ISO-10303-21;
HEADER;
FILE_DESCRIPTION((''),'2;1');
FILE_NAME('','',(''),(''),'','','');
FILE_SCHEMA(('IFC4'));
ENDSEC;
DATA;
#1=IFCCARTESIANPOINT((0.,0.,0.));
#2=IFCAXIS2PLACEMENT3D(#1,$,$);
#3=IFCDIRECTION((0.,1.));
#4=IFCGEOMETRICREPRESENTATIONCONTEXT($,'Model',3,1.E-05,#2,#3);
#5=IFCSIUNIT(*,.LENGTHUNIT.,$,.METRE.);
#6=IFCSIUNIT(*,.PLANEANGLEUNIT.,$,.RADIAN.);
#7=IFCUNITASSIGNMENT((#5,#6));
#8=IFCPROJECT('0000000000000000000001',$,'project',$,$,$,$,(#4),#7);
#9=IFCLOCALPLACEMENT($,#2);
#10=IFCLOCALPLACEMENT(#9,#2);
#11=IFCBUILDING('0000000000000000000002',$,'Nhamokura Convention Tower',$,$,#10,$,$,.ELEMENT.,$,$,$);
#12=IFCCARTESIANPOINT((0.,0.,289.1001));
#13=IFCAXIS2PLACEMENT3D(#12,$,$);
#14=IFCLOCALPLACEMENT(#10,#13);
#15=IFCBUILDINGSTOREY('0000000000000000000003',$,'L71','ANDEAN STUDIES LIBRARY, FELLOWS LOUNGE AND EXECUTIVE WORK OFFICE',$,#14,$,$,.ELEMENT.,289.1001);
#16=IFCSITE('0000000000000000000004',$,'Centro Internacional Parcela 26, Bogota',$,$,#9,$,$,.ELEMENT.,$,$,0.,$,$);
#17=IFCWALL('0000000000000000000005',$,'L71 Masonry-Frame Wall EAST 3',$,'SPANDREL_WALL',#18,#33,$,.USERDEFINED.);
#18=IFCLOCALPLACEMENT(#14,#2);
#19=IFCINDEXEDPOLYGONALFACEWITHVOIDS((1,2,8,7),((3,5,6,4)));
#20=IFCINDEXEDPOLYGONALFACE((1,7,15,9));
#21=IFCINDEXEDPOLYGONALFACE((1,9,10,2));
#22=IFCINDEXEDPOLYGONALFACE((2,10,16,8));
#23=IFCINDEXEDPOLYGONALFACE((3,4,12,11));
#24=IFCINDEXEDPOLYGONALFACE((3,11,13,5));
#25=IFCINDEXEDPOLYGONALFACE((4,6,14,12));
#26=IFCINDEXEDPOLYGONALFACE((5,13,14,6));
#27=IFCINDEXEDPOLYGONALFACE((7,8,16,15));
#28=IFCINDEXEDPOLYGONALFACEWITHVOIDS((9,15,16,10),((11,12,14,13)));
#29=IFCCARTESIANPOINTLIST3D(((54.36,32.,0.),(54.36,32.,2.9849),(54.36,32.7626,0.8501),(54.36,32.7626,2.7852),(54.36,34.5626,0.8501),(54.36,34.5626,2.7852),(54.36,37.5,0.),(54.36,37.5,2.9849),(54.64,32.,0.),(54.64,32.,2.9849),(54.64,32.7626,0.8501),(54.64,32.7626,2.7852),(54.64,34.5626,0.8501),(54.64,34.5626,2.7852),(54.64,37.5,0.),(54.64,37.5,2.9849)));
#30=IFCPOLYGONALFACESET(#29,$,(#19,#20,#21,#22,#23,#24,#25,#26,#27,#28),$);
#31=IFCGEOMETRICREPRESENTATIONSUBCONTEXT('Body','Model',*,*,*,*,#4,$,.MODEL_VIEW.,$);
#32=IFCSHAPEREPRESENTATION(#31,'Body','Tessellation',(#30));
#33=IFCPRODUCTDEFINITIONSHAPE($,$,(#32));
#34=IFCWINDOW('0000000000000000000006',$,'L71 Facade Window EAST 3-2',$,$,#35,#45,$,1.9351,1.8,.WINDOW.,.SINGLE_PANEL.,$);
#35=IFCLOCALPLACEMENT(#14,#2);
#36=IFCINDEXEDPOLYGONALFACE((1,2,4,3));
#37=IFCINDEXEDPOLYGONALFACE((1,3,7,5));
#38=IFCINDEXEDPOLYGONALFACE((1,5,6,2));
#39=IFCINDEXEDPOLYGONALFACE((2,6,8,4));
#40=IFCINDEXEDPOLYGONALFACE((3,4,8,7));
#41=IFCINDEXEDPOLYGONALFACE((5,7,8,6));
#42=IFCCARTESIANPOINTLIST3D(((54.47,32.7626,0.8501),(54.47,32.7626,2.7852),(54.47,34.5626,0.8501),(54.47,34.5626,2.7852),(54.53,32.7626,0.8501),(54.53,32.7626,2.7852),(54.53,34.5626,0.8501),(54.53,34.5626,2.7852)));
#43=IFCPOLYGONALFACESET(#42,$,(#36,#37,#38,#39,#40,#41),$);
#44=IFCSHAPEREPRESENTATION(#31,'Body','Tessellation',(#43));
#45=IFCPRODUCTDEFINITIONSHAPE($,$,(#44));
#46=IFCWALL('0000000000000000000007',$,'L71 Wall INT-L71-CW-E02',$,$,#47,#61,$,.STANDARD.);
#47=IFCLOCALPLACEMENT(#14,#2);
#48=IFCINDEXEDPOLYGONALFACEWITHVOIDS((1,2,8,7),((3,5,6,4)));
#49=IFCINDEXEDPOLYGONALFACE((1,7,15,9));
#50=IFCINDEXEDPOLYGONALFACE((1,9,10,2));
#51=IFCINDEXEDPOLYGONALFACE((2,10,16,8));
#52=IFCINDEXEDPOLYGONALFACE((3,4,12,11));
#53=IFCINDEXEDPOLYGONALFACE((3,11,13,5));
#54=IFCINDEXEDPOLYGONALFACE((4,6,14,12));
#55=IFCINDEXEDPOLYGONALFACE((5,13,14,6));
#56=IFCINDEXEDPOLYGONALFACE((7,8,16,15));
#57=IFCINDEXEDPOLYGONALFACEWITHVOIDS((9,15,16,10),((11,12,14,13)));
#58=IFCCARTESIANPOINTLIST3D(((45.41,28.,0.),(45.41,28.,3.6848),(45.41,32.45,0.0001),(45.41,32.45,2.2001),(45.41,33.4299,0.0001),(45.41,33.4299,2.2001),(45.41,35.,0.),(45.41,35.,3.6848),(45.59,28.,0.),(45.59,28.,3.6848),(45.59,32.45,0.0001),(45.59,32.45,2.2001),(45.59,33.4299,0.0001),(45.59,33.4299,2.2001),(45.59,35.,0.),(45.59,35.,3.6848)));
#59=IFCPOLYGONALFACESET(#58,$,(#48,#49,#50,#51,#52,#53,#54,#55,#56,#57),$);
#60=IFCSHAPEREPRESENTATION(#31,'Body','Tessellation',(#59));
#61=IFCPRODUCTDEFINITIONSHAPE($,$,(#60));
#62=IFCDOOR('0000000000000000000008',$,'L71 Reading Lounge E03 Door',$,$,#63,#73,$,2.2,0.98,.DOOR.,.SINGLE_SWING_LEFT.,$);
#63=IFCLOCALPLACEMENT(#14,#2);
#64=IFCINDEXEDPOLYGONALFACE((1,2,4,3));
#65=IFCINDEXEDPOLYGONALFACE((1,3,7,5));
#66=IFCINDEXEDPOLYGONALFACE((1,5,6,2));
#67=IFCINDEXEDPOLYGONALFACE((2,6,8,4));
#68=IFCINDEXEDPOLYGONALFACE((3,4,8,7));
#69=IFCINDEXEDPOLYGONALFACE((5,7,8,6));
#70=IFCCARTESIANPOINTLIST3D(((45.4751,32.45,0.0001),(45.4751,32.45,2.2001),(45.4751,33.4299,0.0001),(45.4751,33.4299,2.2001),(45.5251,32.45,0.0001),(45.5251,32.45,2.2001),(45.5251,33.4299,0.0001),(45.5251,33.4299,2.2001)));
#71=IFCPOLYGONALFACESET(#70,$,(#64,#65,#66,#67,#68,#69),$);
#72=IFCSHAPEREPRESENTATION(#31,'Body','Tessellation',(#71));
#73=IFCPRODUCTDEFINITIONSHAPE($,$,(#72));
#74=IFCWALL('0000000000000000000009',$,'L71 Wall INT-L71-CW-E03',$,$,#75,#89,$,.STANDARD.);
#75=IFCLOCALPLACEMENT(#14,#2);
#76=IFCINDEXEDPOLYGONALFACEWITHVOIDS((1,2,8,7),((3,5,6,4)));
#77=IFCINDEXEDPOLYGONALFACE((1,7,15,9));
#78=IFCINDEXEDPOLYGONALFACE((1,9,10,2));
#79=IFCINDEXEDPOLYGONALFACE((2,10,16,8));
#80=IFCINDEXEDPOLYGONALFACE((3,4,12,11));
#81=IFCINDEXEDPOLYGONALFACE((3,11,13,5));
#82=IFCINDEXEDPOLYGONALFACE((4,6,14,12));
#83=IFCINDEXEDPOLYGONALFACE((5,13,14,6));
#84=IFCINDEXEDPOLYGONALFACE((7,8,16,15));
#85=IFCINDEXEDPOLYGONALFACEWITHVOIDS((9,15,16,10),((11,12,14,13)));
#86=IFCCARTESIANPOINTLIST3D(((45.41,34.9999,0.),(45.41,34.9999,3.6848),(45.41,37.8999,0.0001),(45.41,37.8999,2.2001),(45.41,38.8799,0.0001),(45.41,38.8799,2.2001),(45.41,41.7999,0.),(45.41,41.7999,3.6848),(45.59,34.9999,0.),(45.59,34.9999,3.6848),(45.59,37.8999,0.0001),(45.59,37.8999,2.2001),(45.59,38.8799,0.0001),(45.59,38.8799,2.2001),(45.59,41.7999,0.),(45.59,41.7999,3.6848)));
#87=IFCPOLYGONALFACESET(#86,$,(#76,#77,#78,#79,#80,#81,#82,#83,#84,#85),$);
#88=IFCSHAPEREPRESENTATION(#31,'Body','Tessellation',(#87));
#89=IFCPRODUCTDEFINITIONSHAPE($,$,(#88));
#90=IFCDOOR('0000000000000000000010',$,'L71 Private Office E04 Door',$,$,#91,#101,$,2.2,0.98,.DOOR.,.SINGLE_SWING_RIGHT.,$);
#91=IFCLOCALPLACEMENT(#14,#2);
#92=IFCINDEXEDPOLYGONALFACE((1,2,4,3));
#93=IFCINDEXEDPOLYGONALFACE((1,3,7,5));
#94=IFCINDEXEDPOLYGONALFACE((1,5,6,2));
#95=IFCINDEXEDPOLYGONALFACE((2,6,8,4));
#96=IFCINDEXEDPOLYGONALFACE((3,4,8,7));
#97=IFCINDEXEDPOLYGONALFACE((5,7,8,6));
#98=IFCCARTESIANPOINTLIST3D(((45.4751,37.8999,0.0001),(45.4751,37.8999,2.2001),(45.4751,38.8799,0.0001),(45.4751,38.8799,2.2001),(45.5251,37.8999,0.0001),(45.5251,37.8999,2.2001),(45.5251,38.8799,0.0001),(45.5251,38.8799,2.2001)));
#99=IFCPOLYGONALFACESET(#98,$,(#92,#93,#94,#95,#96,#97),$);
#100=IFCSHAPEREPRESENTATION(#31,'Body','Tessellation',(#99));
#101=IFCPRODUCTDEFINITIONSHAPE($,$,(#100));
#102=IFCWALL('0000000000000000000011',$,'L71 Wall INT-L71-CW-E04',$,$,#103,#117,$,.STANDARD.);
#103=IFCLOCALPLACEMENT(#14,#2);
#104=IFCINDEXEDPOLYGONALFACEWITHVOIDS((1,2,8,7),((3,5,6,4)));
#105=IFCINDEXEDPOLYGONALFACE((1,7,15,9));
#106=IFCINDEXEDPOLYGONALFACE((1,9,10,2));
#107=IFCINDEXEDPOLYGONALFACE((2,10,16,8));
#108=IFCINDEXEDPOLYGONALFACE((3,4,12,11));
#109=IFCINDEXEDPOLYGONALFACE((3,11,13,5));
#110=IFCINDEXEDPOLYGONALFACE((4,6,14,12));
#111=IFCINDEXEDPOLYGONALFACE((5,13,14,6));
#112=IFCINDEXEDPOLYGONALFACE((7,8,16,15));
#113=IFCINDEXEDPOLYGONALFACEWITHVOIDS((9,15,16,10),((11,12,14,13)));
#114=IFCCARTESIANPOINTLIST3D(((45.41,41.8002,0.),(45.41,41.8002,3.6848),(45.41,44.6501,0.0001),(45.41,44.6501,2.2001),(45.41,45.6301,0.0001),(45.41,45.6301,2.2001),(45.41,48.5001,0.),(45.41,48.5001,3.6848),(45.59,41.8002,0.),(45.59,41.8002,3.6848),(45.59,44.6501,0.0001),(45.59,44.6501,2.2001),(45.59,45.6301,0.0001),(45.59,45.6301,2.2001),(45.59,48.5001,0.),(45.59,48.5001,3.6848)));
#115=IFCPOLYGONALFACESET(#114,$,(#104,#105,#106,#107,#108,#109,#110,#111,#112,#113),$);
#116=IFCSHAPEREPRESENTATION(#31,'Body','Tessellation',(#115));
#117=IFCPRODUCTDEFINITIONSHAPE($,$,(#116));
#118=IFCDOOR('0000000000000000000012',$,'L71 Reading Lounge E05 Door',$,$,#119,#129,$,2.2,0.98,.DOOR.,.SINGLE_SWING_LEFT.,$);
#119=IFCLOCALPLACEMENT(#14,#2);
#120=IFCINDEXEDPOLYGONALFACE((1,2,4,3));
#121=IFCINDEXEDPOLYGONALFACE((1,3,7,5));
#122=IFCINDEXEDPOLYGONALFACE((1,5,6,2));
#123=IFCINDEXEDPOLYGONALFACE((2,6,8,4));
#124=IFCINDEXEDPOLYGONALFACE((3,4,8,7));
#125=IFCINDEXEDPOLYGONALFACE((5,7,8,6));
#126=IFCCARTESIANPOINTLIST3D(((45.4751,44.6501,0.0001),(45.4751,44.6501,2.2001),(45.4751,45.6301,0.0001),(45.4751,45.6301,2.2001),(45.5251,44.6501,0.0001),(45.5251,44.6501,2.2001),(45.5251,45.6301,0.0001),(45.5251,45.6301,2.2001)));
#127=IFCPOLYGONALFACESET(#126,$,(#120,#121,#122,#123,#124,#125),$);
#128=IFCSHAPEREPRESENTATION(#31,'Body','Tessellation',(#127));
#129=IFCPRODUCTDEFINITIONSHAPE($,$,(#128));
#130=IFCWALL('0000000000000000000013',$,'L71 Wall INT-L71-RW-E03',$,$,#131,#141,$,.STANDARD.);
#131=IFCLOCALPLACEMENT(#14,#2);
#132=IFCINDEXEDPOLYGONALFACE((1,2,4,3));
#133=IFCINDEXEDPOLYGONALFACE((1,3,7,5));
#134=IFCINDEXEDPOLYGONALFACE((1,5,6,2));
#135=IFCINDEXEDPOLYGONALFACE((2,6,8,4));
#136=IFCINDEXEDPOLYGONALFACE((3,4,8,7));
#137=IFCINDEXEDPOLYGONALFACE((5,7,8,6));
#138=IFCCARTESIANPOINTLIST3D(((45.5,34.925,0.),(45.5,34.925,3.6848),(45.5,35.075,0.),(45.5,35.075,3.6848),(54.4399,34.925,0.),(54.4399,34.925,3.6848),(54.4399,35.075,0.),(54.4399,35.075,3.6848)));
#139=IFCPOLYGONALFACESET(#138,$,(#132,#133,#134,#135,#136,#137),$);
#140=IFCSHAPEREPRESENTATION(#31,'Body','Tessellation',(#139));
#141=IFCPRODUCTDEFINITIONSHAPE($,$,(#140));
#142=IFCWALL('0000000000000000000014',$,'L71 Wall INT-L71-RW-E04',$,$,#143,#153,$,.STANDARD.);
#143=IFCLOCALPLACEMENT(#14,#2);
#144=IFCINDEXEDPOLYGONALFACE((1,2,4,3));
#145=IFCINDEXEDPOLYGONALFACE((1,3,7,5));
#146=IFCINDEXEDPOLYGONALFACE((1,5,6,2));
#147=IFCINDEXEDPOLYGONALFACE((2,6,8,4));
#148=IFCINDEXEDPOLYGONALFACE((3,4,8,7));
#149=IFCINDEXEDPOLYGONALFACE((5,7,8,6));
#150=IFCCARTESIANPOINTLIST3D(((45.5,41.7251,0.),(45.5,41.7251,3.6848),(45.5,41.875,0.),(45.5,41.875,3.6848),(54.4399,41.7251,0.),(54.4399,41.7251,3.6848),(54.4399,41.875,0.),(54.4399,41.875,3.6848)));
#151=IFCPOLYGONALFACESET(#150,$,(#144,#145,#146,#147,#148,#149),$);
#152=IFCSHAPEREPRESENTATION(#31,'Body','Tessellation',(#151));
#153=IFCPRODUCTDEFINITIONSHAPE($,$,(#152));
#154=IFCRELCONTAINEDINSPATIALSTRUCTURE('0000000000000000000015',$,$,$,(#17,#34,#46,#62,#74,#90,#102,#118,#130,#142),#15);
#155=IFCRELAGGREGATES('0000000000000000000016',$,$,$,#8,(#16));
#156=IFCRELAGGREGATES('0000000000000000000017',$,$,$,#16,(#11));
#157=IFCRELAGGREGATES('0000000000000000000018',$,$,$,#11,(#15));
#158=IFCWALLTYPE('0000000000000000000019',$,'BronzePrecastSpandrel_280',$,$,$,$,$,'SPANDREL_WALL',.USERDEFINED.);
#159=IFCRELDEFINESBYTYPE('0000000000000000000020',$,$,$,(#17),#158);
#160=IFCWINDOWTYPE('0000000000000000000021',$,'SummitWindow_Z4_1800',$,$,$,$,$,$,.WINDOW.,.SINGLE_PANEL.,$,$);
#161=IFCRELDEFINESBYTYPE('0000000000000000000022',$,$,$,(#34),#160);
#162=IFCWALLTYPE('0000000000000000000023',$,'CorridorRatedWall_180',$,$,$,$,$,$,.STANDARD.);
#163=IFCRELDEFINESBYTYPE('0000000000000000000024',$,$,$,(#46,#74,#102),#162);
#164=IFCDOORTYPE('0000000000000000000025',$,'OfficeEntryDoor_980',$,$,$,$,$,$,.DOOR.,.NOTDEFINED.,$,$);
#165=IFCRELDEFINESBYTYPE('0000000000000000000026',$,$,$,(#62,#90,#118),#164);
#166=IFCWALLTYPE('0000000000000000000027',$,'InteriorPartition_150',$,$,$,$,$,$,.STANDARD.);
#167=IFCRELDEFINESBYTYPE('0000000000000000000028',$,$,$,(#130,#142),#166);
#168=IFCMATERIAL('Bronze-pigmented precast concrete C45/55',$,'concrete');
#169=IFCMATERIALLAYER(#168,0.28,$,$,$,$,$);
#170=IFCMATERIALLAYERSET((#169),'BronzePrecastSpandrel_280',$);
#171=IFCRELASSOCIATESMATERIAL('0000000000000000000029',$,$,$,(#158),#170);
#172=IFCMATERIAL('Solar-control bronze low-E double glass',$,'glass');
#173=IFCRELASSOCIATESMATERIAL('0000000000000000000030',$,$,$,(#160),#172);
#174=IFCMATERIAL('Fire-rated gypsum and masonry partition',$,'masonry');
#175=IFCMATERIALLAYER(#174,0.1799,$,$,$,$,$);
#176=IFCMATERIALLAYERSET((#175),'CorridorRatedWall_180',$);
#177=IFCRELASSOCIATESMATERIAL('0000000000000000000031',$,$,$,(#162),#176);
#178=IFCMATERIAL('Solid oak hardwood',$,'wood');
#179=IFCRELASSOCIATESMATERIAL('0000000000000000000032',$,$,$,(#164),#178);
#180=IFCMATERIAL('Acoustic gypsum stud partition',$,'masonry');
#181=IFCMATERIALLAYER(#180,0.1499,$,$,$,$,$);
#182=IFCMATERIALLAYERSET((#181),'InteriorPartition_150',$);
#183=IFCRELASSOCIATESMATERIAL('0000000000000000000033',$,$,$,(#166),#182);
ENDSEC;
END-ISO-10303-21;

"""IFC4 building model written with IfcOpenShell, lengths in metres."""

from ifc_helpers import new_model, si_unit, direction, frame, frame_2d, origin, place, context, subcontext, project, spatial, rectangle, extrude, material, layer, layer_set, type_object, element, fill, save


model = new_model("IFC4")

# Units and contexts
model_context = context("Model", 3, precision=1e-05, world=origin(), true_north=direction((0.0, 1.0)))
body_context = subcontext(model_context, "Body", "Model", "MODEL_VIEW")
ifc_project = project(units=[si_unit("LENGTHUNIT", "METRE"), si_unit("PLANEANGLEUNIT", "RADIAN")], contexts=[model_context])

# Site, building, storey
site_placement = place(None, origin())
site = spatial("IfcSite", under=ifc_project, at=site_placement, Name="Centro Internacional Parcela 26, Bogota", CompositionType="ELEMENT", RefElevation=0.0)
building_placement = place(site_placement, origin())
building = spatial("IfcBuilding", under=site, at=building_placement, Name="Nhamokura Convention Tower", CompositionType="ELEMENT")
storey_placement = place(building_placement, frame((0.0, 0.0, 289.1001)))
storey = spatial("IfcBuildingStorey", under=building, at=storey_placement, Name="L71", Description="ANDEAN STUDIES LIBRARY, FELLOWS LOUNGE AND EXECUTIVE WORK OFFICE", CompositionType="ELEMENT", Elevation=289.1001)

# Wall, opening, window
ifc_material_1 = material(Name="Bronze-pigmented precast concrete C45/55", Category="concrete")
ifc_layer_1 = layer(ifc_material_1, 0.28)
ifc_layer_set_1 = layer_set([ifc_layer_1], Name="BronzePrecastSpandrel_280")
wall_type_1 = type_object("IfcWallType", Name="BronzePrecastSpandrel_280", ElementType="SPANDREL_WALL", PredefinedType="USERDEFINED", material=ifc_layer_set_1)
wall_1_placement = place(storey_placement, frame((54.5, 37.5, 0.0), z_axis=(0.0, 0.0, 1.0), x_axis=(0.0, -1.0, 0.0)))
wall_1 = element("IfcWall", 1, at=wall_1_placement, inside=storey, type_object=wall_type_1, Name="L71 Masonry-Frame Wall EAST 3", ObjectType="SPANDREL_WALL", PredefinedType="USERDEFINED", context=body_context, shape_type="SweptSolid", body=[
    extrude(rectangle(XDim=5.5, YDim=0.28, at=frame_2d((2.75, 0.0))), origin(), (0.0, 0.0, 1.0), 2.9849),
])
opening_1_placement = place(wall_1_placement, frame((2.9375, 0.0, 0.8501)))
opening_1 = element("IfcOpeningElement", 2, at=opening_1_placement, cuts=wall_1, PredefinedType="OPENING", context=body_context, shape_type="SweptSolid", body=[
    extrude(rectangle(XDim=1.8, YDim=1.9351, at=frame_2d((0.8999, 0.9675))), frame((0.0, 0.1499, 0.0), z_axis=(0.0, -1.0, 0.0), x_axis=(1.0, 0.0, 0.0)), (0.0, 0.0, 1.0), 0.3),
])
ifc_material_2 = material(Name="Solar-control bronze low-E double glass", Category="glass")
window_type_1 = type_object("IfcWindowType", Name="SummitWindow_Z4_1800", PartitioningType="SINGLE_PANEL", PredefinedType="WINDOW", material=ifc_material_2)
window_1_placement = place(opening_1_placement, origin())
window_1 = element("IfcWindow", 3, at=window_1_placement, inside=storey, type_object=window_type_1, Name="L71 Facade Window EAST 3-2", OverallHeight=1.9351, OverallWidth=1.8, PartitioningType="SINGLE_PANEL", PredefinedType="WINDOW", context=body_context, shape_type="SweptSolid", body=[
    extrude(rectangle(XDim=1.8, YDim=1.9351, at=frame_2d((0.8999, 0.9675))), frame((0.0, 0.03, 0.0), z_axis=(0.0, -1.0, 0.0), x_axis=(1.0, 0.0, 0.0)), (0.0, 0.0, 1.0), 0.0601),
])
fill(opening_1, window_1)

# Walls, openings, doors
ifc_material_3 = material(Name="Fire-rated gypsum and masonry partition", Category="masonry")
ifc_layer_2 = layer(ifc_material_3, 0.1799)
ifc_layer_set_2 = layer_set([ifc_layer_2], Name="CorridorRatedWall_180")
wall_type_2 = type_object("IfcWallType", Name="CorridorRatedWall_180", PredefinedType="STANDARD", material=ifc_layer_set_2)
wall_2_placement = place(storey_placement, frame((45.5, 28.0, 0.0), z_axis=(0.0, 0.0, 1.0), x_axis=(0.0, 1.0, 0.0)))
wall_2 = element("IfcWall", 4, at=wall_2_placement, inside=storey, type_object=wall_type_2, Name="L71 Wall INT-L71-CW-E02", PredefinedType="STANDARD", context=body_context, shape_type="SweptSolid", body=[
    extrude(rectangle(XDim=7.0, YDim=0.1799, at=frame_2d((3.5, 0.0))), origin(), (0.0, 0.0, 1.0), 3.6848),
])
opening_2_placement = place(wall_2_placement, frame((4.45, 0.0, 0.0)))
opening_2 = element("IfcOpeningElement", 5, at=opening_2_placement, cuts=wall_2, PredefinedType="OPENING", context=body_context, shape_type="SweptSolid", body=[
    extrude(rectangle(XDim=0.98, YDim=2.2, at=frame_2d((0.49, 1.1001))), frame((0.0, 0.0999, 0.0), z_axis=(0.0, -1.0, 0.0), x_axis=(1.0, 0.0, 0.0)), (0.0, 0.0, 1.0), 0.2),
])
ifc_material_4 = material(Name="Solid oak hardwood", Category="wood")
door_type = type_object("IfcDoorType", Name="OfficeEntryDoor_980", OperationType="NOTDEFINED", PredefinedType="DOOR", material=ifc_material_4)
door_1_placement = place(opening_2_placement, origin())
door_1 = element("IfcDoor", 6, at=door_1_placement, inside=storey, type_object=door_type, Name="L71 Reading Lounge E03 Door", OperationType="SINGLE_SWING_LEFT", OverallHeight=2.2, OverallWidth=0.98, PredefinedType="DOOR", context=body_context, shape_type="SweptSolid", body=[
    extrude(rectangle(XDim=0.98, YDim=2.2, at=frame_2d((0.49, 1.1001))), frame((0.0, 0.0249, 0.0), z_axis=(0.0, -1.0, 0.0), x_axis=(1.0, 0.0, 0.0)), (0.0, 0.0, 1.0), 0.05),
])
fill(opening_2, door_1)
wall_3_placement = place(storey_placement, frame((45.5, 35.0, 0.0), z_axis=(0.0, 0.0, 1.0), x_axis=(0.0, 1.0, 0.0)))
wall_3 = element("IfcWall", 7, at=wall_3_placement, inside=storey, type_object=wall_type_2, Name="L71 Wall INT-L71-CW-E03", PredefinedType="STANDARD", context=body_context, shape_type="SweptSolid", body=[
    extrude(rectangle(XDim=6.8, YDim=0.1799, at=frame_2d((3.3999, 0.0))), origin(), (0.0, 0.0, 1.0), 3.6848),
])
opening_3_placement = place(wall_3_placement, frame((2.8999, 0.0, 0.0)))
opening_3 = element("IfcOpeningElement", 8, at=opening_3_placement, cuts=wall_3, PredefinedType="OPENING", context=body_context, shape_type="SweptSolid", body=[
    extrude(rectangle(XDim=0.98, YDim=2.2, at=frame_2d((0.49, 1.1001))), frame((0.0, 0.0999, 0.0), z_axis=(0.0, -1.0, 0.0), x_axis=(1.0, 0.0, 0.0)), (0.0, 0.0, 1.0), 0.2),
])
door_2_placement = place(opening_3_placement, origin())
door_2 = element("IfcDoor", 9, at=door_2_placement, inside=storey, type_object=door_type, Name="L71 Private Office E04 Door", OperationType="SINGLE_SWING_RIGHT", OverallHeight=2.2, OverallWidth=0.98, PredefinedType="DOOR", context=body_context, shape_type="SweptSolid", body=[
    extrude(rectangle(XDim=0.98, YDim=2.2, at=frame_2d((0.49, 1.1001))), frame((0.0, 0.0249, 0.0), z_axis=(0.0, -1.0, 0.0), x_axis=(1.0, 0.0, 0.0)), (0.0, 0.0, 1.0), 0.05),
])
fill(opening_3, door_2)
wall_4_placement = place(storey_placement, frame((45.5, 41.8, 0.0), z_axis=(0.0, 0.0, 1.0), x_axis=(0.0, 1.0, 0.0)))
wall_4 = element("IfcWall", 10, at=wall_4_placement, inside=storey, type_object=wall_type_2, Name="L71 Wall INT-L71-CW-E04", PredefinedType="STANDARD", context=body_context, shape_type="SweptSolid", body=[
    extrude(rectangle(XDim=6.7, YDim=0.1799, at=frame_2d((3.3501, 0.0))), origin(), (0.0, 0.0, 1.0), 3.6848),
])
opening_4_placement = place(wall_4_placement, frame((2.8501, 0.0, 0.0)))
opening_4 = element("IfcOpeningElement", 11, at=opening_4_placement, cuts=wall_4, PredefinedType="OPENING", context=body_context, shape_type="SweptSolid", body=[
    extrude(rectangle(XDim=0.98, YDim=2.2, at=frame_2d((0.49, 1.1001))), frame((0.0, 0.0999, 0.0), z_axis=(0.0, -1.0, 0.0), x_axis=(1.0, 0.0, 0.0)), (0.0, 0.0, 1.0), 0.2),
])
door_3_placement = place(opening_4_placement, origin())
door_3 = element("IfcDoor", 12, at=door_3_placement, inside=storey, type_object=door_type, Name="L71 Reading Lounge E05 Door", OperationType="SINGLE_SWING_LEFT", OverallHeight=2.2, OverallWidth=0.98, PredefinedType="DOOR", context=body_context, shape_type="SweptSolid", body=[
    extrude(rectangle(XDim=0.98, YDim=2.2, at=frame_2d((0.49, 1.1001))), frame((0.0, 0.0249, 0.0), z_axis=(0.0, -1.0, 0.0), x_axis=(1.0, 0.0, 0.0)), (0.0, 0.0, 1.0), 0.05),
])
fill(opening_4, door_3)

# Walls
ifc_material_5 = material(Name="Acoustic gypsum stud partition", Category="masonry")
ifc_layer_3 = layer(ifc_material_5, 0.1499)
ifc_layer_set_3 = layer_set([ifc_layer_3], Name="InteriorPartition_150")
wall_type_3 = type_object("IfcWallType", Name="InteriorPartition_150", PredefinedType="STANDARD", material=ifc_layer_set_3)
for number, where, z_axis, x_axis, name in (
    (13, (45.5, 35.0, 0.0), (0.0, 0.0, 1.0), (1.0, 0.0, 0.0), "L71 Wall INT-L71-RW-E03"),
    (14, (45.5, 41.8, 0.0), (0.0, 0.0, 1.0), (1.0, 0.0, 0.0), "L71 Wall INT-L71-RW-E04"),
):
    element("IfcWall", number, at=place(storey_placement, frame(where, z_axis=z_axis, x_axis=x_axis)), inside=storey, type_object=wall_type_3, Name=name, PredefinedType="STANDARD", context=body_context, shape_type="SweptSolid", body=[
        extrude(rectangle(XDim=8.9399, YDim=0.1499, at=frame_2d((4.47, 0.0))), origin(), (0.0, 0.0, 1.0), 3.6848),
    ])

save(model, "model.ifc")
